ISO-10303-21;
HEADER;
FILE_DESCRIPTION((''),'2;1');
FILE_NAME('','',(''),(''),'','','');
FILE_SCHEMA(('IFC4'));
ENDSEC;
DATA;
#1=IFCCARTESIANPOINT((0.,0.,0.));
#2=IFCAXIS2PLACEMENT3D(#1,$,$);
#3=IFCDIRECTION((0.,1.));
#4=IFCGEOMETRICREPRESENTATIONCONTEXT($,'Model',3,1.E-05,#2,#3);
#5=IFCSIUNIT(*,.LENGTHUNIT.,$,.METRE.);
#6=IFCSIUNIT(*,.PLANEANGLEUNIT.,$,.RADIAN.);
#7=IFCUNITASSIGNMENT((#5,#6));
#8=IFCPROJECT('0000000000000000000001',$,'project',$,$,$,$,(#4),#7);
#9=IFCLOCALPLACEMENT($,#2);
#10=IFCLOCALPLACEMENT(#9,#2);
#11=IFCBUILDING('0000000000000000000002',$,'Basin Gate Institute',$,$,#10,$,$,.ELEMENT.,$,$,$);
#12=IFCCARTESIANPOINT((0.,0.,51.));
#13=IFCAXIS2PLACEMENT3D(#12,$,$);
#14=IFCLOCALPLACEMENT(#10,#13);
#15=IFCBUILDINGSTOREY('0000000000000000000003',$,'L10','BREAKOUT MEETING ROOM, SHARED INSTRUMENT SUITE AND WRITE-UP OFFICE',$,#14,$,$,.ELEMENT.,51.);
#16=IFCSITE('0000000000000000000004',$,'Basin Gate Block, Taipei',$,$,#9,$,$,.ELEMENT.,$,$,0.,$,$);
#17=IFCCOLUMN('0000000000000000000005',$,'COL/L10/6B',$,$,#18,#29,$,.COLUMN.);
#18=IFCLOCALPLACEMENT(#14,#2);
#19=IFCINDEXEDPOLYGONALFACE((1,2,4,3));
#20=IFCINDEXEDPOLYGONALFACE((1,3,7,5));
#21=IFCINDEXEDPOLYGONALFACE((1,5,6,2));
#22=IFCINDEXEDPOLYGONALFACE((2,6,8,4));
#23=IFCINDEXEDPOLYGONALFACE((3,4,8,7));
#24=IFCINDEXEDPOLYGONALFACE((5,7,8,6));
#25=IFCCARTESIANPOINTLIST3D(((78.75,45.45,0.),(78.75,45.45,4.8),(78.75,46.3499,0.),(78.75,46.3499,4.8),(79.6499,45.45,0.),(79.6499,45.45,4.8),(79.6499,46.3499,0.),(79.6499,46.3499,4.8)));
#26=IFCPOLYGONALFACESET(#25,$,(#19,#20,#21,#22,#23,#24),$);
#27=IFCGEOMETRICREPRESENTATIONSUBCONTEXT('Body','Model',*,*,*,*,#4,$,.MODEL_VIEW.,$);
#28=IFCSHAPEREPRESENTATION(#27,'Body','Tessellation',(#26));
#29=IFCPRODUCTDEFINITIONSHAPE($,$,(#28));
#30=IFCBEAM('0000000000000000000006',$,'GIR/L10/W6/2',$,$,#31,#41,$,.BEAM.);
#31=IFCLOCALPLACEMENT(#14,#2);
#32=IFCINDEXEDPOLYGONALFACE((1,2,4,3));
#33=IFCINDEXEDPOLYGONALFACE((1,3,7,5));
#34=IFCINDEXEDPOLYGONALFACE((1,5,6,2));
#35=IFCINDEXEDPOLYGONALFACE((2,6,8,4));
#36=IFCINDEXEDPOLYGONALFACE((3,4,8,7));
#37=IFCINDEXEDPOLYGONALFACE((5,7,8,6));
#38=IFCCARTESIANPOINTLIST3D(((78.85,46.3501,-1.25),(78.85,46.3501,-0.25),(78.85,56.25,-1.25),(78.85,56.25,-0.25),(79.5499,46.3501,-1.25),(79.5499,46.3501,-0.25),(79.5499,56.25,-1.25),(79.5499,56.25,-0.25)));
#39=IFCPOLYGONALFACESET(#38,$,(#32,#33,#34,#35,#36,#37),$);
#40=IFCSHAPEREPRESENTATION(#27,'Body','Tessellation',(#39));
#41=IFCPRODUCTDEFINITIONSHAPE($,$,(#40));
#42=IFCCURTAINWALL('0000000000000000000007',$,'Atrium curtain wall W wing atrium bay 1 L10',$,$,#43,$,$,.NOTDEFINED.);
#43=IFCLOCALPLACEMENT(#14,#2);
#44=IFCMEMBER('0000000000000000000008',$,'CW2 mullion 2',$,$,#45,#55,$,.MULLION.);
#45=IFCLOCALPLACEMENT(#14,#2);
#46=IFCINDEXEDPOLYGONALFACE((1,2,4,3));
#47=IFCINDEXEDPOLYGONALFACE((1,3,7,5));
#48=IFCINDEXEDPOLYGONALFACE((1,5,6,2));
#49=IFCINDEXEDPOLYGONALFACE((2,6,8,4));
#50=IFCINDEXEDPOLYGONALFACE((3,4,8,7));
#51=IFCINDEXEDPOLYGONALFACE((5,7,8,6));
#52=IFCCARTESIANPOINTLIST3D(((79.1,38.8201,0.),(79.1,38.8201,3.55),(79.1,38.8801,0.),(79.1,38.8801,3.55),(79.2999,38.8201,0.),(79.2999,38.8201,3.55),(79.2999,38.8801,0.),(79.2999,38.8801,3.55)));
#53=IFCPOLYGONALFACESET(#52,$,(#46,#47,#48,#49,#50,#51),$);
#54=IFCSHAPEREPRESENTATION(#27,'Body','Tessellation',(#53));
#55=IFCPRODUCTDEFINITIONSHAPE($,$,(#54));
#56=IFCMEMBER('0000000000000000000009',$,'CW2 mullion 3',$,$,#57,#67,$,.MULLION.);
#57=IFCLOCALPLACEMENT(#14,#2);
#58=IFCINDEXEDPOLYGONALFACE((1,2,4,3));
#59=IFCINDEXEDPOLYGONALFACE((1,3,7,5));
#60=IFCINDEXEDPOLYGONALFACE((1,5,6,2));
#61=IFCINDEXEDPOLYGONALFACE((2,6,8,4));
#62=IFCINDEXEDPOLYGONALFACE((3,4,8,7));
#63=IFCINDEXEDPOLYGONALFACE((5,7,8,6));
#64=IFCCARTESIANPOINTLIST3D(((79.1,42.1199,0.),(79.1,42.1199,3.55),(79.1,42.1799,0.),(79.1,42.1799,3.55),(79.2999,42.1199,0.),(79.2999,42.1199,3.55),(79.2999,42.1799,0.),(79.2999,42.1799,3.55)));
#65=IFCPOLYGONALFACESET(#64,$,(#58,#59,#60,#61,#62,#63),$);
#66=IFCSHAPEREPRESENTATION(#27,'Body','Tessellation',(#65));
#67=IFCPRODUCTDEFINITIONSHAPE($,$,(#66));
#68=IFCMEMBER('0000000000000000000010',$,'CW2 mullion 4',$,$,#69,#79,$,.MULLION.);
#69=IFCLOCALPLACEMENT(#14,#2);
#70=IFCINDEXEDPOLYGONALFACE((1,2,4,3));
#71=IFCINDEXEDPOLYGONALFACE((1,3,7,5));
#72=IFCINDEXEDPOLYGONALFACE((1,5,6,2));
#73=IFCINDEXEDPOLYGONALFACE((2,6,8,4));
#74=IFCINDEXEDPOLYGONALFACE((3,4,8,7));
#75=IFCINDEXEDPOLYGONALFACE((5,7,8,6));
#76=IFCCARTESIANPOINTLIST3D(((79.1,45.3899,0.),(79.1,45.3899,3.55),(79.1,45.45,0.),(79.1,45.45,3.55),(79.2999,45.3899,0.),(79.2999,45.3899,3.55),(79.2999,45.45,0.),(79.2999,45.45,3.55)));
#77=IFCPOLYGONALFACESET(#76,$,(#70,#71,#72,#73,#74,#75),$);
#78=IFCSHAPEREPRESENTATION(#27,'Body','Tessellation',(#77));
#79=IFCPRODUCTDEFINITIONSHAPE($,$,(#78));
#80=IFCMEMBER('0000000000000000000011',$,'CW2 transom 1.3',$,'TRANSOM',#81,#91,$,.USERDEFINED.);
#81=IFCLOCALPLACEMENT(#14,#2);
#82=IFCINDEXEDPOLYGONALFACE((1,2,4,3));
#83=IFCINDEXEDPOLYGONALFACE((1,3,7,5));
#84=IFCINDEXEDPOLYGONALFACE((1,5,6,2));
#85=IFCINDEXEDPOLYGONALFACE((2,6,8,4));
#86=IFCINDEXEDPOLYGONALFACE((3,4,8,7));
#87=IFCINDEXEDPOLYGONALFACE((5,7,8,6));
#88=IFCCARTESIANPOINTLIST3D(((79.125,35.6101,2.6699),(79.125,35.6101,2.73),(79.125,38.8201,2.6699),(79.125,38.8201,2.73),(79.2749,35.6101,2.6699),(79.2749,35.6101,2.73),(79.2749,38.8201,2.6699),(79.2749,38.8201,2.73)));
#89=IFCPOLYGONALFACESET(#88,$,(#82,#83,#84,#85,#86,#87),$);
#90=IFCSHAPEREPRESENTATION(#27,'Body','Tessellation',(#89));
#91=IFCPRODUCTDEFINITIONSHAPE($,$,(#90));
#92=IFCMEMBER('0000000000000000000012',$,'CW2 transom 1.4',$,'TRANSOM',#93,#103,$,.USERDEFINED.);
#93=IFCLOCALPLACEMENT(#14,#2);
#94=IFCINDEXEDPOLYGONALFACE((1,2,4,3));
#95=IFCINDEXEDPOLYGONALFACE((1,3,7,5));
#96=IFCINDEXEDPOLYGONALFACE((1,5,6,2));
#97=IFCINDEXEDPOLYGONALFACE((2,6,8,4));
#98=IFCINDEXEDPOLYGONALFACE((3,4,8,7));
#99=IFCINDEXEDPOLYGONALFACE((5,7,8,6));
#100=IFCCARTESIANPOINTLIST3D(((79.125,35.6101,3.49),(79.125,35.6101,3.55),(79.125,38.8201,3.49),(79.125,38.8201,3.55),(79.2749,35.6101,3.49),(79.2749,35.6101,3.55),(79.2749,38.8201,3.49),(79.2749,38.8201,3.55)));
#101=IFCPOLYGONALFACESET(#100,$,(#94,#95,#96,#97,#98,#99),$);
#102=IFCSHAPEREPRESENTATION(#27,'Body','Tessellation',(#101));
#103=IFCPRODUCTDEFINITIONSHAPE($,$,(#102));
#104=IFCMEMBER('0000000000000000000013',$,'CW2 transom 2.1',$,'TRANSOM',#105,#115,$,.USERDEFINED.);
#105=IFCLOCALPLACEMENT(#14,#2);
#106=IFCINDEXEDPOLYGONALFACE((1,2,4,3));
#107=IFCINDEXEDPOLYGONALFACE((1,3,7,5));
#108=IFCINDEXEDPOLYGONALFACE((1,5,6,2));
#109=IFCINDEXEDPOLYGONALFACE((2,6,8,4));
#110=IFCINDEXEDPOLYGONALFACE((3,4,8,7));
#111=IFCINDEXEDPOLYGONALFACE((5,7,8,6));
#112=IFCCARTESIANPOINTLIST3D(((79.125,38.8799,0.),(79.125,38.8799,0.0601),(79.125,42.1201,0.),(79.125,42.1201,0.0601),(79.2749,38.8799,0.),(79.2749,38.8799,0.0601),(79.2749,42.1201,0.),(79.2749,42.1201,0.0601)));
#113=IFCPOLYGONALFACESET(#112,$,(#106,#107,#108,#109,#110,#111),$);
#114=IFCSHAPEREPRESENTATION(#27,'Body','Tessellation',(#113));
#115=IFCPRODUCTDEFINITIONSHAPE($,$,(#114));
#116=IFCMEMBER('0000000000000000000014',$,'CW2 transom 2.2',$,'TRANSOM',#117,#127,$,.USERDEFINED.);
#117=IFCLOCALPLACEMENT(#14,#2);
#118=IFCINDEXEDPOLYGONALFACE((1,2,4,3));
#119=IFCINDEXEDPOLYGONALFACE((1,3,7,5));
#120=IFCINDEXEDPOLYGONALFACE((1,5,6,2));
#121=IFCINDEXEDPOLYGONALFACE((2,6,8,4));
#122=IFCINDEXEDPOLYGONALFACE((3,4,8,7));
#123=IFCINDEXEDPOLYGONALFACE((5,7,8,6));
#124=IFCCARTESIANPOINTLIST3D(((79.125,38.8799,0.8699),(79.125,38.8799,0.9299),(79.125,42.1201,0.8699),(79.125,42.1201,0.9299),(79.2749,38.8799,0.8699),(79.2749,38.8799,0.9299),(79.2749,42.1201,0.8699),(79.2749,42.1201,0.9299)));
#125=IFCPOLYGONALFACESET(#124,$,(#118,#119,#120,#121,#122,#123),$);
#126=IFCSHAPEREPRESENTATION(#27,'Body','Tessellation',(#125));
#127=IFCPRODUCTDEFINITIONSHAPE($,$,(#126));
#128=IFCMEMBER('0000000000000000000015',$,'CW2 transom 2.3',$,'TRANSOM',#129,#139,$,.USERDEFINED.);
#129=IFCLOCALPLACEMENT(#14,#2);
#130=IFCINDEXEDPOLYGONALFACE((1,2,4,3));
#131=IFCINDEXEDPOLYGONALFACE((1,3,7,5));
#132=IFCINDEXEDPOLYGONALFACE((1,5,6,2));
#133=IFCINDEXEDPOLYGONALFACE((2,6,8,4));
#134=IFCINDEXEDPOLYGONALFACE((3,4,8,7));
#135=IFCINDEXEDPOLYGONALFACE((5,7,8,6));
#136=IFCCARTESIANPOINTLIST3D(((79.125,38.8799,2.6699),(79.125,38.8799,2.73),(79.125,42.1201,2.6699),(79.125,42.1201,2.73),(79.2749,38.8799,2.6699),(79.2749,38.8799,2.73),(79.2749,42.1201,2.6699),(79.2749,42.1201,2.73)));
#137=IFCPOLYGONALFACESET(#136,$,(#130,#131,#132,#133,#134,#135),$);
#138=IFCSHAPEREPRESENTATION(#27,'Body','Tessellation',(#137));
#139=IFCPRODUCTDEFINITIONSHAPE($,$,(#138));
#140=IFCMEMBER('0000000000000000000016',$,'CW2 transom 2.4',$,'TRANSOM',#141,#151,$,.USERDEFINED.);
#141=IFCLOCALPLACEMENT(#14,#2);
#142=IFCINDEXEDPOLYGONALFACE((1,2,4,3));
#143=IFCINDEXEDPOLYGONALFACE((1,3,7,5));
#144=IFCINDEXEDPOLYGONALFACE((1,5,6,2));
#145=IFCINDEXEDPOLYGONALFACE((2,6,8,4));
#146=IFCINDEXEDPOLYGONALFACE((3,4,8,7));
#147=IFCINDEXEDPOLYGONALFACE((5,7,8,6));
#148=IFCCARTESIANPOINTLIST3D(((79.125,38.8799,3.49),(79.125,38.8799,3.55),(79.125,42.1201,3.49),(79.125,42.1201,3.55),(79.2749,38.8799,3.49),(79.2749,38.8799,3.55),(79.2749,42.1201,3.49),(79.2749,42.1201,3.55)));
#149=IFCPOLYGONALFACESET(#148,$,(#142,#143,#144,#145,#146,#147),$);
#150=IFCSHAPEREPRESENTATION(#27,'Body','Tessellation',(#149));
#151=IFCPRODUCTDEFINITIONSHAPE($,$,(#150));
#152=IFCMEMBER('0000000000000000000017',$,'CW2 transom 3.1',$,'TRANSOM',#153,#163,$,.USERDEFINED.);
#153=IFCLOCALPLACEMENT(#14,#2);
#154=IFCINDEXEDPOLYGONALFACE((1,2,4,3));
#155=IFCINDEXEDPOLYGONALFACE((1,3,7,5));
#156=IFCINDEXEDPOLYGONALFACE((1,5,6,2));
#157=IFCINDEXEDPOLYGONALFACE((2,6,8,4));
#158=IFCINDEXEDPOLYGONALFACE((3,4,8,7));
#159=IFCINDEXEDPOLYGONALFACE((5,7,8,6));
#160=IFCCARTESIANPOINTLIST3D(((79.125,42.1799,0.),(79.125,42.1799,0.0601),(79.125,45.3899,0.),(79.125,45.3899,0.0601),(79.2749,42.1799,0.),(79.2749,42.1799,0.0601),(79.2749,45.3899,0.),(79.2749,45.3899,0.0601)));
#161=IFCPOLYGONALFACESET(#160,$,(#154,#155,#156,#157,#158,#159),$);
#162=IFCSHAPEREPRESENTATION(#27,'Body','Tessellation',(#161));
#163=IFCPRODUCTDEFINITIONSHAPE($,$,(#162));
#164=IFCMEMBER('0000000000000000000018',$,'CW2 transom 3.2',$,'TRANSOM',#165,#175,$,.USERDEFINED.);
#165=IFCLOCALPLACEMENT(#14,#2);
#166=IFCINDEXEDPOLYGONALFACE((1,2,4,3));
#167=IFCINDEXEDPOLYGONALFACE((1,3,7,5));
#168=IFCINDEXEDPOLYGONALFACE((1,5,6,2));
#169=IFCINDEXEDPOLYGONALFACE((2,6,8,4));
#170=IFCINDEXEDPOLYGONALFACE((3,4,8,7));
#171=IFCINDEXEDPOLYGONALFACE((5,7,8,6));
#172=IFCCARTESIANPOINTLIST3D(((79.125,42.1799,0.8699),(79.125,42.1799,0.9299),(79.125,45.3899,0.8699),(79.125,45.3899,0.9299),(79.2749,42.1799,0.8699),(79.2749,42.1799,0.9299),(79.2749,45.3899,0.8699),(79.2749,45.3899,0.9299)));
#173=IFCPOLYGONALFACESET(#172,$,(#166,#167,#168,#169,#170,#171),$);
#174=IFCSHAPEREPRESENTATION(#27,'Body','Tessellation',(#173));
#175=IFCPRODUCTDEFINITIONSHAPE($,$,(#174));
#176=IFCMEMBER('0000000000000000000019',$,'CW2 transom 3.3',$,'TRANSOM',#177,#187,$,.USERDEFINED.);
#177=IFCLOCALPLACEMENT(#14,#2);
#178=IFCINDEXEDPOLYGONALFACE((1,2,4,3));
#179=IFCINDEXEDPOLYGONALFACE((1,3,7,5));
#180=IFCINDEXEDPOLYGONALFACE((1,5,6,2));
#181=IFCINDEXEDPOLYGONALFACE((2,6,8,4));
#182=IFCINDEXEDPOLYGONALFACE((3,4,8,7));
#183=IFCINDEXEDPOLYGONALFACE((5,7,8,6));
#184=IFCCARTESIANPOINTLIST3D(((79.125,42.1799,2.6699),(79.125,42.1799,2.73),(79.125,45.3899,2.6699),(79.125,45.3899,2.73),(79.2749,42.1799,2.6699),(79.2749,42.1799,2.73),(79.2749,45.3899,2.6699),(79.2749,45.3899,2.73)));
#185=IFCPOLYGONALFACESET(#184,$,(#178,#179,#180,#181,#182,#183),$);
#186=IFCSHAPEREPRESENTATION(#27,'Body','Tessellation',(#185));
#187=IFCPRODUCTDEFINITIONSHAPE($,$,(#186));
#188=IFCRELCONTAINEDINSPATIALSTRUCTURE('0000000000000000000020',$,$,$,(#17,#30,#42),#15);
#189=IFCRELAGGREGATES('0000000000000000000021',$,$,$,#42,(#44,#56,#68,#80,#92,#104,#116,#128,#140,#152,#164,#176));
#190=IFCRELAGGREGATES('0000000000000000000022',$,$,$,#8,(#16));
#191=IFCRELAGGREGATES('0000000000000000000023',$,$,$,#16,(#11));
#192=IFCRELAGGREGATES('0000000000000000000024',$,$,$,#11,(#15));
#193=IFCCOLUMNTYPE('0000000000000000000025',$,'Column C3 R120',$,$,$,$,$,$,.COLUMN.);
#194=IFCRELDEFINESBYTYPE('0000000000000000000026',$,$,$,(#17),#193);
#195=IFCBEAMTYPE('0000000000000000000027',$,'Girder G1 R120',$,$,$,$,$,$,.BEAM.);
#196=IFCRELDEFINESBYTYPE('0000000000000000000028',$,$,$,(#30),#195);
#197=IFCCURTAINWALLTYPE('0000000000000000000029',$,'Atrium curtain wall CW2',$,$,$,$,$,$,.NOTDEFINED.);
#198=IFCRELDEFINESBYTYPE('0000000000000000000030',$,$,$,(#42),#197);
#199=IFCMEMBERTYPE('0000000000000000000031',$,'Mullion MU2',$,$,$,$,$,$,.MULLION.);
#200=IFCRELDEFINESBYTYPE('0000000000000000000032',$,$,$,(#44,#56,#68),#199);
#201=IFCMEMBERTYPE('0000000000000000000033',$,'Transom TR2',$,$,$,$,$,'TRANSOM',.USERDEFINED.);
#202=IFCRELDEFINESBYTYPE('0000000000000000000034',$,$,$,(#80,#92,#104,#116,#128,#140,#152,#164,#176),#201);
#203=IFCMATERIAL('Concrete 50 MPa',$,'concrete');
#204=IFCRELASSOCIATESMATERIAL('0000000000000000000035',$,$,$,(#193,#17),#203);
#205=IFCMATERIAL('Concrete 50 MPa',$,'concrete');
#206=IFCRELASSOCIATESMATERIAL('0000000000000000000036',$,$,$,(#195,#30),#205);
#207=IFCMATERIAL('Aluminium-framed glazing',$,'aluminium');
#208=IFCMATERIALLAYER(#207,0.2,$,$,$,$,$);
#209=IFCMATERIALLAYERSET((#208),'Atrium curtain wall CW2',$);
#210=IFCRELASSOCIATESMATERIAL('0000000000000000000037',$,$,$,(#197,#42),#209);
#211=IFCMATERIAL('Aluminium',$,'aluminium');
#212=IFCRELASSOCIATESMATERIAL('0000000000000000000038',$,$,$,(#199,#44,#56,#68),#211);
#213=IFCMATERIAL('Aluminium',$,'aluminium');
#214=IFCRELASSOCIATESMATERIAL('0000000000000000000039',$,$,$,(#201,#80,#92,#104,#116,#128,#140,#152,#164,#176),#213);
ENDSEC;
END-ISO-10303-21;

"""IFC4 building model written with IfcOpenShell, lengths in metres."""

from ifc_helpers import new_model, si_unit, direction, frame, origin, origin_2d, place, context, subcontext, project, spatial, rectangle, extrude, material, layer, layer_set, material_profile, profile_set, type_object, element, aggregate, save


model = new_model("IFC4")

# Units and contexts
model_context = context("Model", 3, precision=1e-05, world=origin(), true_north=direction((0.0, 1.0)))
body_context = subcontext(model_context, "Body", "Model", "MODEL_VIEW")
ifc_project = project(units=[si_unit("LENGTHUNIT", "METRE"), si_unit("PLANEANGLEUNIT", "RADIAN")], contexts=[model_context])

# Site, building, storey
site_placement = place(None, origin())
site = spatial("IfcSite", under=ifc_project, at=site_placement, Name="Basin Gate Block, Taipei", CompositionType="ELEMENT", RefElevation=0.0)
building_placement = place(site_placement, origin())
building = spatial("IfcBuilding", under=site, at=building_placement, Name="Basin Gate Institute", CompositionType="ELEMENT")
storey_placement = place(building_placement, frame((0.0, 0.0, 51.0)))
storey = spatial("IfcBuildingStorey", under=building, at=storey_placement, Name="L10", Description="BREAKOUT MEETING ROOM, SHARED INSTRUMENT SUITE AND WRITE-UP OFFICE", CompositionType="ELEMENT", Elevation=51.0)

# Column
ifc_material_1 = material(Name="Concrete 50 MPa", Category="concrete")
ifc_material_profile_1 = material_profile(ifc_material_1, rectangle(XDim=0.8999, YDim=0.8999, at=origin_2d()), Name="Column C3 900 x 900")
ifc_profile_set_1 = profile_set([ifc_material_profile_1], Name="Concrete 50 MPa")
column_type = type_object("IfcColumnType", Name="Column C3 R120", PredefinedType="COLUMN", material=ifc_profile_set_1)
column_placement = place(storey_placement, frame((79.2, 45.8999, 0.0), z_axis=(0.0, 0.0, 1.0), x_axis=(1.0, 0.0, 0.0)))
element("IfcColumn", 1, at=column_placement, inside=storey, type_object=column_type, material=ifc_profile_set_1, Name="COL/L10/6B", PredefinedType="COLUMN", context=body_context, shape_type="SweptSolid", body=[
    extrude(rectangle(XDim=0.8999, YDim=0.8999, at=origin_2d()), origin(), (0.0, 0.0, 1.0), 4.8),
])

# Beam
ifc_material_2 = material(Name="Concrete 50 MPa", Category="concrete")
ifc_material_profile_2 = material_profile(ifc_material_2, rectangle(XDim=0.7, YDim=1.0, at=origin_2d()), Name="Girder G1 700 x 1000")
ifc_profile_set_2 = profile_set([ifc_material_profile_2], Name="Concrete 50 MPa")
beam_type = type_object("IfcBeamType", Name="Girder G1 R120", PredefinedType="BEAM", material=ifc_profile_set_2)
beam_placement = place(storey_placement, frame((79.2, 46.3501, -0.75), z_axis=(0.0, 1.0, 0.0), x_axis=(-1.0, 0.0, 0.0)))
element("IfcBeam", 2, at=beam_placement, inside=storey, type_object=beam_type, material=ifc_profile_set_2, Name="GIR/L10/W6/2", PredefinedType="BEAM", context=body_context, shape_type="SweptSolid", body=[
    extrude(rectangle(XDim=0.7, YDim=1.0, at=origin_2d()), origin(), (0.0, 0.0, 1.0), 9.8999),
])

# Curtain wall, members
ifc_material_3 = material(Name="Aluminium-framed glazing", Category="aluminium")
ifc_layer_1 = layer(ifc_material_3, 0.2)
ifc_layer_set_1 = layer_set([ifc_layer_1], Name="Atrium curtain wall CW2")
curtain_wall_type = type_object("IfcCurtainWallType", Name="Atrium curtain wall CW2", PredefinedType="NOTDEFINED", material=ifc_layer_set_1)
curtain_wall_placement = place(storey_placement, origin())
curtain_wall = element("IfcCurtainWall", 3, at=curtain_wall_placement, inside=storey, type_object=curtain_wall_type, material=ifc_layer_set_1, Name="Atrium curtain wall W wing atrium bay 1 L10", PredefinedType="NOTDEFINED")
ifc_material_4 = material(Name="Aluminium", Category="aluminium")
ifc_material_profile_3 = material_profile(ifc_material_4, rectangle(XDim=0.2, YDim=0.0601, at=origin_2d()), Name="Mullion MU2 200 x 60")
ifc_profile_set_3 = profile_set([ifc_material_profile_3], Name="Aluminium")
member_type_1 = type_object("IfcMemberType", Name="Mullion MU2", PredefinedType="MULLION", material=ifc_profile_set_3)
member_1_placement = place(storey_placement, frame((79.2, 38.8501, 0.0), z_axis=(0.0, 0.0, 1.0), x_axis=(-1.0, 0.0, 0.0)))
member_1 = element("IfcMember", 4, at=member_1_placement, type_object=member_type_1, material=ifc_profile_set_3, Name="CW2 mullion 2", PredefinedType="MULLION", context=body_context, shape_type="SweptSolid", body=[
    extrude(rectangle(XDim=0.2, YDim=0.0601, at=origin_2d()), origin(), (0.0, 0.0, 1.0), 3.55),
])
member_2_placement = place(storey_placement, frame((79.2, 42.1499, 0.0), z_axis=(0.0, 0.0, 1.0), x_axis=(-1.0, 0.0, 0.0)))
member_2 = element("IfcMember", 5, at=member_2_placement, type_object=member_type_1, material=ifc_profile_set_3, Name="CW2 mullion 3", PredefinedType="MULLION", context=body_context, shape_type="SweptSolid", body=[
    extrude(rectangle(XDim=0.2, YDim=0.0601, at=origin_2d()), origin(), (0.0, 0.0, 1.0), 3.55),
])
member_3_placement = place(storey_placement, frame((79.2, 45.4199, 0.0), z_axis=(0.0, 0.0, 1.0), x_axis=(-1.0, 0.0, 0.0)))
member_3 = element("IfcMember", 6, at=member_3_placement, type_object=member_type_1, material=ifc_profile_set_3, Name="CW2 mullion 4", PredefinedType="MULLION", context=body_context, shape_type="SweptSolid", body=[
    extrude(rectangle(XDim=0.2, YDim=0.0601, at=origin_2d()), origin(), (0.0, 0.0, 1.0), 3.55),
])
ifc_material_5 = material(Name="Aluminium", Category="aluminium")
ifc_material_profile_4 = material_profile(ifc_material_5, rectangle(XDim=0.1499, YDim=0.0601, at=origin_2d()), Name="Transom TR2 150 x 60")
ifc_profile_set_4 = profile_set([ifc_material_profile_4], Name="Aluminium")
member_type_2 = type_object("IfcMemberType", Name="Transom TR2", ElementType="TRANSOM", PredefinedType="USERDEFINED", material=ifc_profile_set_4)
member_4_placement = place(storey_placement, frame((79.2, 35.6101, 2.7), z_axis=(0.0, 1.0, 0.0), x_axis=(-1.0, 0.0, 0.0)))
member_4 = element("IfcMember", 7, at=member_4_placement, type_object=member_type_2, material=ifc_profile_set_4, Name="CW2 transom 1.3", ObjectType="TRANSOM", PredefinedType="USERDEFINED", context=body_context, shape_type="SweptSolid", body=[
    extrude(rectangle(XDim=0.1499, YDim=0.0601, at=origin_2d()), origin(), (0.0, 0.0, 1.0), 3.21),
])
member_5_placement = place(storey_placement, frame((79.2, 35.6101, 3.52), z_axis=(0.0, 1.0, 0.0), x_axis=(-1.0, 0.0, 0.0)))
member_5 = element("IfcMember", 8, at=member_5_placement, type_object=member_type_2, material=ifc_profile_set_4, Name="CW2 transom 1.4", ObjectType="TRANSOM", PredefinedType="USERDEFINED", context=body_context, shape_type="SweptSolid", body=[
    extrude(rectangle(XDim=0.1499, YDim=0.0601, at=origin_2d()), origin(), (0.0, 0.0, 1.0), 3.21),
])
member_6_placement = place(storey_placement, frame((79.2, 38.8799, 0.03), z_axis=(0.0, 1.0, 0.0), x_axis=(-1.0, 0.0, 0.0)))
member_6 = element("IfcMember", 9, at=member_6_placement, type_object=member_type_2, material=ifc_profile_set_4, Name="CW2 transom 2.1", ObjectType="TRANSOM", PredefinedType="USERDEFINED", context=body_context, shape_type="SweptSolid", body=[
    extrude(rectangle(XDim=0.1499, YDim=0.0601, at=origin_2d()), origin(), (0.0, 0.0, 1.0), 3.2402),
])
member_7_placement = place(storey_placement, frame((79.2, 38.8799, 0.8999), z_axis=(0.0, 1.0, 0.0), x_axis=(-1.0, 0.0, 0.0)))
member_7 = element("IfcMember", 10, at=member_7_placement, type_object=member_type_2, material=ifc_profile_set_4, Name="CW2 transom 2.2", ObjectType="TRANSOM", PredefinedType="USERDEFINED", context=body_context, shape_type="SweptSolid", body=[
    extrude(rectangle(XDim=0.1499, YDim=0.0601, at=origin_2d()), origin(), (0.0, 0.0, 1.0), 3.2402),
])
member_8_placement = place(storey_placement, frame((79.2, 38.8799, 2.7), z_axis=(0.0, 1.0, 0.0), x_axis=(-1.0, 0.0, 0.0)))
member_8 = element("IfcMember", 11, at=member_8_placement, type_object=member_type_2, material=ifc_profile_set_4, Name="CW2 transom 2.3", ObjectType="TRANSOM", PredefinedType="USERDEFINED", context=body_context, shape_type="SweptSolid", body=[
    extrude(rectangle(XDim=0.1499, YDim=0.0601, at=origin_2d()), origin(), (0.0, 0.0, 1.0), 3.2402),
])
member_9_placement = place(storey_placement, frame((79.2, 38.8799, 3.52), z_axis=(0.0, 1.0, 0.0), x_axis=(-1.0, 0.0, 0.0)))
member_9 = element("IfcMember", 12, at=member_9_placement, type_object=member_type_2, material=ifc_profile_set_4, Name="CW2 transom 2.4", ObjectType="TRANSOM", PredefinedType="USERDEFINED", context=body_context, shape_type="SweptSolid", body=[
    extrude(rectangle(XDim=0.1499, YDim=0.0601, at=origin_2d()), origin(), (0.0, 0.0, 1.0), 3.2402),
])
member_10_placement = place(storey_placement, frame((79.2, 42.1799, 0.03), z_axis=(0.0, 1.0, 0.0), x_axis=(-1.0, 0.0, 0.0)))
member_10 = element("IfcMember", 13, at=member_10_placement, type_object=member_type_2, material=ifc_profile_set_4, Name="CW2 transom 3.1", ObjectType="TRANSOM", PredefinedType="USERDEFINED", context=body_context, shape_type="SweptSolid", body=[
    extrude(rectangle(XDim=0.1499, YDim=0.0601, at=origin_2d()), origin(), (0.0, 0.0, 1.0), 3.21),
])
member_11_placement = place(storey_placement, frame((79.2, 42.1799, 0.8999), z_axis=(0.0, 1.0, 0.0), x_axis=(-1.0, 0.0, 0.0)))
member_11 = element("IfcMember", 14, at=member_11_placement, type_object=member_type_2, material=ifc_profile_set_4, Name="CW2 transom 3.2", ObjectType="TRANSOM", PredefinedType="USERDEFINED", context=body_context, shape_type="SweptSolid", body=[
    extrude(rectangle(XDim=0.1499, YDim=0.0601, at=origin_2d()), origin(), (0.0, 0.0, 1.0), 3.21),
])
member_12_placement = place(storey_placement, frame((79.2, 42.1799, 2.7), z_axis=(0.0, 1.0, 0.0), x_axis=(-1.0, 0.0, 0.0)))
member_12 = element("IfcMember", 15, at=member_12_placement, type_object=member_type_2, material=ifc_profile_set_4, Name="CW2 transom 3.3", ObjectType="TRANSOM", PredefinedType="USERDEFINED", context=body_context, shape_type="SweptSolid", body=[
    extrude(rectangle(XDim=0.1499, YDim=0.0601, at=origin_2d()), origin(), (0.0, 0.0, 1.0), 3.21),
])
aggregate(curtain_wall, [member_1, member_2, member_3, member_4, member_5, member_6, member_7, member_8, member_9, member_10, member_11, member_12])

save(model, "model.ifc")
